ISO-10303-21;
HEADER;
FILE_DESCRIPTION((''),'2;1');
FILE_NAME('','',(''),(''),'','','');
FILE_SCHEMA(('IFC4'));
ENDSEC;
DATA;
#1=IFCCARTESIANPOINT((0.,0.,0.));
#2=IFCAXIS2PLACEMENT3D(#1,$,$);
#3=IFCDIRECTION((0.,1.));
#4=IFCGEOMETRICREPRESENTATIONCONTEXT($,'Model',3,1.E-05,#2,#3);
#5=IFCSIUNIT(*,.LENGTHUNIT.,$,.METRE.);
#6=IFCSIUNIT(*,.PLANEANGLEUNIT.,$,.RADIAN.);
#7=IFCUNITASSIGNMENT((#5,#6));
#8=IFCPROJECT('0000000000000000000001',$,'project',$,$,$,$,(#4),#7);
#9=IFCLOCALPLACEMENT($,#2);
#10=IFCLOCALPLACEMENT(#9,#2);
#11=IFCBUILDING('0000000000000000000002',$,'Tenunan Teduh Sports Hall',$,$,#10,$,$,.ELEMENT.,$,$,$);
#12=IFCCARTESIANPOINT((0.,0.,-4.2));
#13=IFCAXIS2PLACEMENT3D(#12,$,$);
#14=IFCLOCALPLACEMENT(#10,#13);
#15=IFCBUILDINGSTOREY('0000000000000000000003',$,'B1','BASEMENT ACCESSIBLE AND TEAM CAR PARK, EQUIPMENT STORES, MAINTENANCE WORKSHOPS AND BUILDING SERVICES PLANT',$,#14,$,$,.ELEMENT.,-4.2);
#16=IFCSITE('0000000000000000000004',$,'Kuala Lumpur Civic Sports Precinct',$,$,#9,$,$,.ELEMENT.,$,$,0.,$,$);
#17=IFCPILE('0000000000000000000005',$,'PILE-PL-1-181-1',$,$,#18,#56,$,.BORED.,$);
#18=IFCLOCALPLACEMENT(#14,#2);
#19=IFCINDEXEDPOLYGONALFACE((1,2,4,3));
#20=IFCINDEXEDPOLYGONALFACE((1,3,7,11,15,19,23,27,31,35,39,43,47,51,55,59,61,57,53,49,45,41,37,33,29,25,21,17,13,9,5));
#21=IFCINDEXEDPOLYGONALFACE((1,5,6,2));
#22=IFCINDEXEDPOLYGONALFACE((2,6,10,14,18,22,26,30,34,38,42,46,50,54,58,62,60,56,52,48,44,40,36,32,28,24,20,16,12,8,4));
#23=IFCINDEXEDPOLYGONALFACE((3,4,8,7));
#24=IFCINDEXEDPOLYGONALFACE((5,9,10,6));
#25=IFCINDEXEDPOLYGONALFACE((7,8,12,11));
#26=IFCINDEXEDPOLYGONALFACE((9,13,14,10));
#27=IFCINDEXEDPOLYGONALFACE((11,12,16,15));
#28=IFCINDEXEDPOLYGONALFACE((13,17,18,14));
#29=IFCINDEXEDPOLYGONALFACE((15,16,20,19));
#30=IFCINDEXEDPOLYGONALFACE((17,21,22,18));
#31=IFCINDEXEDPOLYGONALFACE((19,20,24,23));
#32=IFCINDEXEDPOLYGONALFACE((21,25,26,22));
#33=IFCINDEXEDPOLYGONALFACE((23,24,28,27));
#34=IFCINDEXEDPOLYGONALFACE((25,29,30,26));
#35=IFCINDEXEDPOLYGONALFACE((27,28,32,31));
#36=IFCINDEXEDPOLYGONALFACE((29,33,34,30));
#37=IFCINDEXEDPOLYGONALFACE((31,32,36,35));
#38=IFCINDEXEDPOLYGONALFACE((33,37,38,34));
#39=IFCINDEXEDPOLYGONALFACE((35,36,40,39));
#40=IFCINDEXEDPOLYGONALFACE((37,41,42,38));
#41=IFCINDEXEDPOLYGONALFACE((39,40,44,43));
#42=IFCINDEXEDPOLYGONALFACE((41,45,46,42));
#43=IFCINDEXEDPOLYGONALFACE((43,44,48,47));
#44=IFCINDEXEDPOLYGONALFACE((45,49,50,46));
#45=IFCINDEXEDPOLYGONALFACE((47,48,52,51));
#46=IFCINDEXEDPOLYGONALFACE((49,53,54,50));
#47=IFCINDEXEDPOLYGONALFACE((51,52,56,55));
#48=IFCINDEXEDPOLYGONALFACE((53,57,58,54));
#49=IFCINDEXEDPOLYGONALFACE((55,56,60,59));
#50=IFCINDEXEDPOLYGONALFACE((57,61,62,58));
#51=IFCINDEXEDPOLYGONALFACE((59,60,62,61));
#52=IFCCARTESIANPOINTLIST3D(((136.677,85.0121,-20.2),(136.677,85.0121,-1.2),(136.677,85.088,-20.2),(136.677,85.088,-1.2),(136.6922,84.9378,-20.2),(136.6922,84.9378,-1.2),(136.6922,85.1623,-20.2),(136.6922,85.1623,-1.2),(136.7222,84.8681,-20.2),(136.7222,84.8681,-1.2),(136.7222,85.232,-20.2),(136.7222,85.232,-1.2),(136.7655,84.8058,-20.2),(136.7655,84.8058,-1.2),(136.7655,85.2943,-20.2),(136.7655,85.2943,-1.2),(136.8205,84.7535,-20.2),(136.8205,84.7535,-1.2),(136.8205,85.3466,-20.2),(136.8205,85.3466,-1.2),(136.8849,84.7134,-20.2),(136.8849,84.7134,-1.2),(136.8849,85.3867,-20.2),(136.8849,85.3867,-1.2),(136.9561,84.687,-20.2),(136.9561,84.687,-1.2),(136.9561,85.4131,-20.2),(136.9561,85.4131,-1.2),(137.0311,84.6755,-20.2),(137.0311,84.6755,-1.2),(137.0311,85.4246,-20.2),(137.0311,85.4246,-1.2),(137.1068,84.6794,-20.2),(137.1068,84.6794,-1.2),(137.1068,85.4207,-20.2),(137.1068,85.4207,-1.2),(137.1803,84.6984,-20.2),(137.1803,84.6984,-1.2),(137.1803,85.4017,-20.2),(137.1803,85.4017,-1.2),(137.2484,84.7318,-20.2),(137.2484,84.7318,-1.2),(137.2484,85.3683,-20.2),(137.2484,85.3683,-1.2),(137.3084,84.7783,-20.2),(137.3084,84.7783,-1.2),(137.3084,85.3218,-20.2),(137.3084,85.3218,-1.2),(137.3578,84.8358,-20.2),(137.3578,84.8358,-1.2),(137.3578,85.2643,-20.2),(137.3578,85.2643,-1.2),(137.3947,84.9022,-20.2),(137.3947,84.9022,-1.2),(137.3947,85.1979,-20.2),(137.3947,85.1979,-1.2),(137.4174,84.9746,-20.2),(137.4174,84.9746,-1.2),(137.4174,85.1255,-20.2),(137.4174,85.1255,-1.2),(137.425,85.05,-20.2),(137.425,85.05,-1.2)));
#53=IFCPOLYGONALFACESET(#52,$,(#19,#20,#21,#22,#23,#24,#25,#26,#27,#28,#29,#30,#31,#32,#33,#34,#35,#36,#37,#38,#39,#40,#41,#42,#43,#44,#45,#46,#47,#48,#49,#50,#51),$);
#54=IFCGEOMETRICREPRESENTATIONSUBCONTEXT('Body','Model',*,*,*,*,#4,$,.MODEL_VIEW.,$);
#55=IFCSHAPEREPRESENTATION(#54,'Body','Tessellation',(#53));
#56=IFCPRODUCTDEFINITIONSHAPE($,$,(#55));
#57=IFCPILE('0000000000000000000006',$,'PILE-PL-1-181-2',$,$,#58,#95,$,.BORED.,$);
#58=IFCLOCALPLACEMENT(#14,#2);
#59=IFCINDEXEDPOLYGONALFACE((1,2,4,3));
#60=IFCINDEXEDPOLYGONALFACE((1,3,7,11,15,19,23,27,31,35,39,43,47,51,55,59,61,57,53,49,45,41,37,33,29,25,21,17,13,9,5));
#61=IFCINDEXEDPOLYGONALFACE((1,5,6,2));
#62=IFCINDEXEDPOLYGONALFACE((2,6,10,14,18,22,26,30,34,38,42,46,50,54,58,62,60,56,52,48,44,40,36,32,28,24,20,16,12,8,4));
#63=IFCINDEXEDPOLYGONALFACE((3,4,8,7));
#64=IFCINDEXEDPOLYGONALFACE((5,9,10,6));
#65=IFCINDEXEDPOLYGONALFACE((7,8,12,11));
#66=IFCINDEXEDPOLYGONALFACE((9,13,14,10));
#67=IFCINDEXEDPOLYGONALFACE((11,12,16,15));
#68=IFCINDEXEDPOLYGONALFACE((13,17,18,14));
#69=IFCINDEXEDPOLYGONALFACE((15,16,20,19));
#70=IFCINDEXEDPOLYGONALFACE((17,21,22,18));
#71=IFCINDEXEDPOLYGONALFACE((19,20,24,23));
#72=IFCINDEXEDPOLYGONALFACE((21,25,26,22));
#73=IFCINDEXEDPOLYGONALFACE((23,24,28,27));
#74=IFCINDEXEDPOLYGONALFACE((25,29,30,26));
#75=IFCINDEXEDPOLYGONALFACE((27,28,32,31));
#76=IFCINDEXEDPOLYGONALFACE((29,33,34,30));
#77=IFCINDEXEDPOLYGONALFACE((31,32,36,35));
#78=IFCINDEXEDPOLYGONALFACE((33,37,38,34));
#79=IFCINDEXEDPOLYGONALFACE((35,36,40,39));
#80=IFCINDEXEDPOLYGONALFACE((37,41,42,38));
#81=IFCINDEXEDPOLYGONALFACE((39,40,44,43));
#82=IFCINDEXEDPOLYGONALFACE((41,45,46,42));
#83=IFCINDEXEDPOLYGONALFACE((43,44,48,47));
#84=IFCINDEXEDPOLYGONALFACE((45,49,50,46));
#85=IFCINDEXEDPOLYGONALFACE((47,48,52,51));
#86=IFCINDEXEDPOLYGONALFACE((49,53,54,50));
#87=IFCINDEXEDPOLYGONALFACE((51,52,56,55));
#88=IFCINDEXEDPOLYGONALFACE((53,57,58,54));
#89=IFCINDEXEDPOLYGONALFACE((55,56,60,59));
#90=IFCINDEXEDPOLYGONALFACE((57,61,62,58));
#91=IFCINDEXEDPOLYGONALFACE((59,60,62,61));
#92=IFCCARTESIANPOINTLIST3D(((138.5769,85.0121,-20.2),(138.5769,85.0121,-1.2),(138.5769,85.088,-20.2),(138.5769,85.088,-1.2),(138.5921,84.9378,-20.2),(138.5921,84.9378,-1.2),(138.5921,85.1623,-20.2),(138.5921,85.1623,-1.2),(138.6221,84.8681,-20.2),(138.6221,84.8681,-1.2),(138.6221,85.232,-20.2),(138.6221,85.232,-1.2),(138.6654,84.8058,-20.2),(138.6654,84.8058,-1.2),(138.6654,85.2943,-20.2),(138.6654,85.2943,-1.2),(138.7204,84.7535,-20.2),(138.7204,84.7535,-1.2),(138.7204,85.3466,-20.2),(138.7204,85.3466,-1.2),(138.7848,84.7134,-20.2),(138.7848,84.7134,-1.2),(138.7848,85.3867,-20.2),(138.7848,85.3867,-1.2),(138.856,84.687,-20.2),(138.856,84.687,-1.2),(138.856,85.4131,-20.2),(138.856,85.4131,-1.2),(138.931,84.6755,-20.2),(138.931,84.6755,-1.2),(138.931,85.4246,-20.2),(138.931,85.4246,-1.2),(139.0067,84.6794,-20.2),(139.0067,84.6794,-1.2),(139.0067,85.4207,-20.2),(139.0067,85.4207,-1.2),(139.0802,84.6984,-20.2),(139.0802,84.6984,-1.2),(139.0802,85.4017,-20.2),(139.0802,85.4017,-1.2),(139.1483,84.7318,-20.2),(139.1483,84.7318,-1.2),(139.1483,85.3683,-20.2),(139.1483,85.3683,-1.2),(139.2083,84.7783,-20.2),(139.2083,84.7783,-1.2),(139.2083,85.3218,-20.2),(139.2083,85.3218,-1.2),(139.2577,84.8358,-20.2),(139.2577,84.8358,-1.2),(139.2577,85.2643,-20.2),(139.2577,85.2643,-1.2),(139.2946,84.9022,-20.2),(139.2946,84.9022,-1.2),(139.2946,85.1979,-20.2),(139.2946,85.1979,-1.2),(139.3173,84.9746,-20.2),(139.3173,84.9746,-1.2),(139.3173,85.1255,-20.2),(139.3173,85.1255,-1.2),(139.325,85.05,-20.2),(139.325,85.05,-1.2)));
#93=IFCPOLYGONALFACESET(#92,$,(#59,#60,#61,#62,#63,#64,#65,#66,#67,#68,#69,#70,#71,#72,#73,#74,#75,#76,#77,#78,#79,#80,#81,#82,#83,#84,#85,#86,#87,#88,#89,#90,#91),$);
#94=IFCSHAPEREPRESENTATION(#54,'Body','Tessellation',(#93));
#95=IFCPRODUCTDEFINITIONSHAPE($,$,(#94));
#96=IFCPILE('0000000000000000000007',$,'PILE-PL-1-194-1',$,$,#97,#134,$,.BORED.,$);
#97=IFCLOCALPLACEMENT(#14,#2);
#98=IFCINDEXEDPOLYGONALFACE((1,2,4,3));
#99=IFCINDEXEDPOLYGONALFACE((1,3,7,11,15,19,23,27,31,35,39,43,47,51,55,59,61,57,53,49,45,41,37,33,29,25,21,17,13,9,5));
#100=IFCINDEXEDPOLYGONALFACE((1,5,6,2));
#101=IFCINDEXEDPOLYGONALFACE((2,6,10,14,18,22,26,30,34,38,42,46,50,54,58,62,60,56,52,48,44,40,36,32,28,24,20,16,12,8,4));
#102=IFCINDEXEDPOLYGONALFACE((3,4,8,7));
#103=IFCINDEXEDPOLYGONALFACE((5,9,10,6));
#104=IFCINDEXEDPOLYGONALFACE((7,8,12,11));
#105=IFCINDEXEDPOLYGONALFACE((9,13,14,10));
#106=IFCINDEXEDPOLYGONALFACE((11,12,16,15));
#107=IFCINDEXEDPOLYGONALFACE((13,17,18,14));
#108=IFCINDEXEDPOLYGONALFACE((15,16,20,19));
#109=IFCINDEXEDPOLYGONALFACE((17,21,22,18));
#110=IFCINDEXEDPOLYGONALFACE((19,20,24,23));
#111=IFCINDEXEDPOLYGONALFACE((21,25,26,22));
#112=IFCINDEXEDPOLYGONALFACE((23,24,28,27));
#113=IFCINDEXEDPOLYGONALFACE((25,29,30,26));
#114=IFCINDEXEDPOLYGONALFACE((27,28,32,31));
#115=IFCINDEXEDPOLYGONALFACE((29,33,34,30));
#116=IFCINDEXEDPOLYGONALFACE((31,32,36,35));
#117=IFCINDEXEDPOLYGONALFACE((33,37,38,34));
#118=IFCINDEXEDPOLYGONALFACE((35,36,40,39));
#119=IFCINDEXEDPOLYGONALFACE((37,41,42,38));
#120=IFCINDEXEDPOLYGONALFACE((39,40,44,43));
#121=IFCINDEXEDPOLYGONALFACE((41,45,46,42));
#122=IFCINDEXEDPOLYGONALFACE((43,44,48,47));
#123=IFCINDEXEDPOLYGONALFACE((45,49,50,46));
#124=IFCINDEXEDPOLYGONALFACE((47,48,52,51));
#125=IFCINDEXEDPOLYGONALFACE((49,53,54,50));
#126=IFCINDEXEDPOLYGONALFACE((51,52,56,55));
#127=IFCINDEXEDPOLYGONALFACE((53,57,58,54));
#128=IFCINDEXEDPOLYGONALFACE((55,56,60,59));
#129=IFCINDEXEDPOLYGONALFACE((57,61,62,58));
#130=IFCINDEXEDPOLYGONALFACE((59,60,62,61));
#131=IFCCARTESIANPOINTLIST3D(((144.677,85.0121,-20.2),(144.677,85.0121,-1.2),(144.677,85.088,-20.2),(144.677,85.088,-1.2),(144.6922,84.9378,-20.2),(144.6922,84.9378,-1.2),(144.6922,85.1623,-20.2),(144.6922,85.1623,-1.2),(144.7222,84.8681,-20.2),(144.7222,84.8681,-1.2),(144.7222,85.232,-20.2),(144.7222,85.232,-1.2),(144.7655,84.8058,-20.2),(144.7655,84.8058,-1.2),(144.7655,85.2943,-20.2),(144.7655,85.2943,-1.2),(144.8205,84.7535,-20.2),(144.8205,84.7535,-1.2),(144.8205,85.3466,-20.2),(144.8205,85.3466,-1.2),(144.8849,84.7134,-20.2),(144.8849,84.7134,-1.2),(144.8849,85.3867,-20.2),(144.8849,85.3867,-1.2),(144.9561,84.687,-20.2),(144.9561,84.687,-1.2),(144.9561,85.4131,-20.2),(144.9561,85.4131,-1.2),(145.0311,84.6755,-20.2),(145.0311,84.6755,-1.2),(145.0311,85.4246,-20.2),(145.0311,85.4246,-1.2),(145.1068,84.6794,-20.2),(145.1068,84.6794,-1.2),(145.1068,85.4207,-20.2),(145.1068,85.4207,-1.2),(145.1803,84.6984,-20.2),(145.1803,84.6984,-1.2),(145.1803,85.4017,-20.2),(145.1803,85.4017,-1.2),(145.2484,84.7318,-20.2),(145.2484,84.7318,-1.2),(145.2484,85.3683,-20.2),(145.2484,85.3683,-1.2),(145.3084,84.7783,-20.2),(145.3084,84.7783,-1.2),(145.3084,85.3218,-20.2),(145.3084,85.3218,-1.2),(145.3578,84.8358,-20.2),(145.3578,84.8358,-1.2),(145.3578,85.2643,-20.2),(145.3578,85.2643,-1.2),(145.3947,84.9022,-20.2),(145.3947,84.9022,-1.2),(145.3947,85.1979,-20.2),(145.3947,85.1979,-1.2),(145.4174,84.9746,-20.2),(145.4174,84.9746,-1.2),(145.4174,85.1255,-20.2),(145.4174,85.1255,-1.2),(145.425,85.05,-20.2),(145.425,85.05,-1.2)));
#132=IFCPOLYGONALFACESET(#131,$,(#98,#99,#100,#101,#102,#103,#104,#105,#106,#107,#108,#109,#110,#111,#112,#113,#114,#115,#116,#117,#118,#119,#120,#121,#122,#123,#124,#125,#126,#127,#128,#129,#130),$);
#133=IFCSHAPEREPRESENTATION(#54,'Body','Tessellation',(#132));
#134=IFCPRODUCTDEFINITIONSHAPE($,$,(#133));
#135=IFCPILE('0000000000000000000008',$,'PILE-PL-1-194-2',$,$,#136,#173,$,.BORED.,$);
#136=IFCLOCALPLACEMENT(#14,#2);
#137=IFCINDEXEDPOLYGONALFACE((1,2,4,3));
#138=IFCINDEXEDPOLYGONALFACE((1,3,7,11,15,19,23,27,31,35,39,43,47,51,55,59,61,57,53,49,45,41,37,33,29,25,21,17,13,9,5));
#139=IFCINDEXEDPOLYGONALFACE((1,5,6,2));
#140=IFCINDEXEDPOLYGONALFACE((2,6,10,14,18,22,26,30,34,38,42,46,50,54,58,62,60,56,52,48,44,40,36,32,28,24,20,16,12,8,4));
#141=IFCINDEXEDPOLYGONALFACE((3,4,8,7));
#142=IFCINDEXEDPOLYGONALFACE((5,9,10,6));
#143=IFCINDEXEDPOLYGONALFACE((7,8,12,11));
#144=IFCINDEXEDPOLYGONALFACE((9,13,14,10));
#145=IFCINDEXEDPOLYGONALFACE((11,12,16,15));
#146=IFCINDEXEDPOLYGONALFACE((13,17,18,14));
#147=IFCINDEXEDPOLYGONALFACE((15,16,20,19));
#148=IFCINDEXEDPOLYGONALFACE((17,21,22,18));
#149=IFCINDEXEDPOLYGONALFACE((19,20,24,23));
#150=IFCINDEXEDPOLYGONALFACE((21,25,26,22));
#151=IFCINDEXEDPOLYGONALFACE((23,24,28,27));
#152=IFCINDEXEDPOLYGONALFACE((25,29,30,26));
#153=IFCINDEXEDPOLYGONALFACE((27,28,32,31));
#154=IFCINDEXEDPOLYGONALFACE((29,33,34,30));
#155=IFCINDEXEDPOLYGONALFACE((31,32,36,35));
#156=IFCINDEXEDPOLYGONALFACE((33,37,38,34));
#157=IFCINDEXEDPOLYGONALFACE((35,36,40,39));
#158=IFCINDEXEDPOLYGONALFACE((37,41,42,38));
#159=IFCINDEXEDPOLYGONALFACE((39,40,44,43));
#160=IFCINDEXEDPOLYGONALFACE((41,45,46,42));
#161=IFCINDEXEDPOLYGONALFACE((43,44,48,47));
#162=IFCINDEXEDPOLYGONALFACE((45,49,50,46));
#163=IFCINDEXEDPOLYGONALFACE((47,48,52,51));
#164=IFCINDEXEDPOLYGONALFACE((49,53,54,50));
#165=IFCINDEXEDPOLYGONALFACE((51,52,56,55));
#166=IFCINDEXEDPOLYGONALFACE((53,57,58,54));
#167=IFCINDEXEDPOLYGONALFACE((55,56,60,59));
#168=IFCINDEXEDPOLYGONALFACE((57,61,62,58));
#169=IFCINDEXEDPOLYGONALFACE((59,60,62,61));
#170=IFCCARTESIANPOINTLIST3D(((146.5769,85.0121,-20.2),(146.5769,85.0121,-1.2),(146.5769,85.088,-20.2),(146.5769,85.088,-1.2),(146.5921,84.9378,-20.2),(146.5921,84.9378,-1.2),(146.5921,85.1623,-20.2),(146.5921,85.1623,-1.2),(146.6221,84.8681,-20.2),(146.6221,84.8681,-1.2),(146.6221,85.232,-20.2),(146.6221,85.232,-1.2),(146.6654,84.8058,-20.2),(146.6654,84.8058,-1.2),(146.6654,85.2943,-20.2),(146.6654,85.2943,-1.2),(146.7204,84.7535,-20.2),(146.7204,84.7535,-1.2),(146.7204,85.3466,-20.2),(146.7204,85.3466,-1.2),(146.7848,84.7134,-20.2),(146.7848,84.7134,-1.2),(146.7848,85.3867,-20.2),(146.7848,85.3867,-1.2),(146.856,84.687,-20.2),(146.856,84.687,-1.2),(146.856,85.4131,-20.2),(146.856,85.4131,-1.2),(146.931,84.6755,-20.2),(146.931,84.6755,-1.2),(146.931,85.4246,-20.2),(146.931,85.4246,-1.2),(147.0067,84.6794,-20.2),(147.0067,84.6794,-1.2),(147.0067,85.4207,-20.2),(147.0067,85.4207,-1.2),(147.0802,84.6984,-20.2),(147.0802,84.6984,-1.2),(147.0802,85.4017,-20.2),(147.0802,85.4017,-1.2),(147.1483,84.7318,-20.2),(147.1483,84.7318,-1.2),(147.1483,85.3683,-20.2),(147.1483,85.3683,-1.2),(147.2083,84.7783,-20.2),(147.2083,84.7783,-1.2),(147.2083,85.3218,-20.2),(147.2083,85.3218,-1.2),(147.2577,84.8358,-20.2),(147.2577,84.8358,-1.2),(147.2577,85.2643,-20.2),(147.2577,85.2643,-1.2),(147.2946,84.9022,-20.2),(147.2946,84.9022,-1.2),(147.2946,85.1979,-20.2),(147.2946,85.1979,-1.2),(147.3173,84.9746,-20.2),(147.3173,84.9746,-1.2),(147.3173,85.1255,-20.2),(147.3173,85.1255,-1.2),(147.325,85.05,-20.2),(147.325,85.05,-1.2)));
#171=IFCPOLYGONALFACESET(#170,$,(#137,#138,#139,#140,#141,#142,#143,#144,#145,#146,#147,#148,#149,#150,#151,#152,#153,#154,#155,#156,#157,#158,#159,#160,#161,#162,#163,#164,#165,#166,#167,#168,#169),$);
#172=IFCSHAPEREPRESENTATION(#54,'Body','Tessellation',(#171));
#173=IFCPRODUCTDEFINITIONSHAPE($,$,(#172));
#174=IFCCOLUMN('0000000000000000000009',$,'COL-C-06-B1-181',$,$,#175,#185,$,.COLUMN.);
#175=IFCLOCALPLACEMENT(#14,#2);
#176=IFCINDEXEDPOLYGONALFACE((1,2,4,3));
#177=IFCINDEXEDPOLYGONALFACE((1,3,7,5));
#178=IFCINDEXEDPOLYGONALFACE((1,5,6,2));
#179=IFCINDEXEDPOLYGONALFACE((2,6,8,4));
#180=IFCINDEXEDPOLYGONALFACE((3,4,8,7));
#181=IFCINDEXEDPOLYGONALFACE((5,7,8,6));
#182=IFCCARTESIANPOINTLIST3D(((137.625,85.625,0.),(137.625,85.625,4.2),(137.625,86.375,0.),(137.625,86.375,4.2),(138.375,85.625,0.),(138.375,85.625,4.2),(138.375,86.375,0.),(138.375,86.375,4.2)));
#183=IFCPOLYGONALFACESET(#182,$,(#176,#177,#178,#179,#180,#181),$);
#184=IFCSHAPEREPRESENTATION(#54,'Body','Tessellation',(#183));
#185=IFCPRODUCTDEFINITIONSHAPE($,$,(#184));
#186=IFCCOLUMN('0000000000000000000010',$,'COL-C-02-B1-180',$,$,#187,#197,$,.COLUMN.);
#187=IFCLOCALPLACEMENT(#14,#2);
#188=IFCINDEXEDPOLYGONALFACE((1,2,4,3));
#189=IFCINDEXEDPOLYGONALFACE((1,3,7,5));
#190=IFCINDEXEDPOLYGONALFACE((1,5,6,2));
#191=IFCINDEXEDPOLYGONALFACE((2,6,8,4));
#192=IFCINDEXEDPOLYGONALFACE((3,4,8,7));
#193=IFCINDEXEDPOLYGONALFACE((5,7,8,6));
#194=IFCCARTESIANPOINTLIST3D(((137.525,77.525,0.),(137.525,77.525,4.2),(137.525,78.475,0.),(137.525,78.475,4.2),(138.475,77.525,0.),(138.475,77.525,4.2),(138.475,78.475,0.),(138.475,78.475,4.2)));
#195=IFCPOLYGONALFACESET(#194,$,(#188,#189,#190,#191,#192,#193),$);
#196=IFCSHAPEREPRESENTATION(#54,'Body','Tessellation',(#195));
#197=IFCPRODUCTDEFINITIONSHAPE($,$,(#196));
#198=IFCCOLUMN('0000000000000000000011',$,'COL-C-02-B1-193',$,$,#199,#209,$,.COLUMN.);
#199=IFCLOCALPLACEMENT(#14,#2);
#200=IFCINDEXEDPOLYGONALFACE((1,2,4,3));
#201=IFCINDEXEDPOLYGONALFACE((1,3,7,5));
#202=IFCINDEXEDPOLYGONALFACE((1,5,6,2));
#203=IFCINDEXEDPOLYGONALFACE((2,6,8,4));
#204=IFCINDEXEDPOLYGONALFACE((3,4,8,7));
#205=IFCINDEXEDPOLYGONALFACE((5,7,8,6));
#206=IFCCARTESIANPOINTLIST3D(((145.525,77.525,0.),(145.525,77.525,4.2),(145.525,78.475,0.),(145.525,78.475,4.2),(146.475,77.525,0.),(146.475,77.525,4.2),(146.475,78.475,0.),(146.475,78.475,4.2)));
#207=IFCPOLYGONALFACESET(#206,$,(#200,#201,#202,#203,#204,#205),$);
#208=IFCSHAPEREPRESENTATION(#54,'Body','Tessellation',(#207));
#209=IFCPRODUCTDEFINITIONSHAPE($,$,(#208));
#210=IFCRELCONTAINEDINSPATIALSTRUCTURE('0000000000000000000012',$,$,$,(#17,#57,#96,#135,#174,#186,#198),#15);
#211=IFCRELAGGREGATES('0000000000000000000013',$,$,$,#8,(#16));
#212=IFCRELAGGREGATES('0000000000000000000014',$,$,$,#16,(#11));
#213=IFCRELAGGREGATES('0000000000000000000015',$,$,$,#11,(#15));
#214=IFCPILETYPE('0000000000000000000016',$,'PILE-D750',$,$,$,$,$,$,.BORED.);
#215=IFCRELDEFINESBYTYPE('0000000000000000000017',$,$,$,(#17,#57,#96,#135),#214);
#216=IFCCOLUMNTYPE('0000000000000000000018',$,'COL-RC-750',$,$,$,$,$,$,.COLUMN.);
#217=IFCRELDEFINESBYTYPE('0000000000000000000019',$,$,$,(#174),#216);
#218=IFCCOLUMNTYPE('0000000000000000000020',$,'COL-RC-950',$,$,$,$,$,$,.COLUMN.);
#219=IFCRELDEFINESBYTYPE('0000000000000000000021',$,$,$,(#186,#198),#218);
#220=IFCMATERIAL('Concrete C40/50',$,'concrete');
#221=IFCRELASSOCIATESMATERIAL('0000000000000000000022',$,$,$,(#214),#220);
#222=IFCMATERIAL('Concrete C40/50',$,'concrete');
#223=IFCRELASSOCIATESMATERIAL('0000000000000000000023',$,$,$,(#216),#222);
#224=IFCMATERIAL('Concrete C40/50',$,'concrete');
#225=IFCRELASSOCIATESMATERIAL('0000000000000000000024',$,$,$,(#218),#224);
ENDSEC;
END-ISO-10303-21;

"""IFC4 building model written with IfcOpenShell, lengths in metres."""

from ifc_helpers import new_model, si_unit, direction, frame, origin, origin_2d, place, context, subcontext, project, spatial, rectangle, circle, extrude, material, material_profile, profile_set, type_object, element, save


model = new_model("IFC4")

# Units and contexts
model_context = context("Model", 3, precision=1e-05, world=origin(), true_north=direction((0.0, 1.0)))
body_context = subcontext(model_context, "Body", "Model", "MODEL_VIEW")
ifc_project = project(units=[si_unit("LENGTHUNIT", "METRE"), si_unit("PLANEANGLEUNIT", "RADIAN")], contexts=[model_context])

# Site, building, storey
site_placement = place(None, origin())
site = spatial("IfcSite", under=ifc_project, at=site_placement, Name="Kuala Lumpur Civic Sports Precinct", CompositionType="ELEMENT", RefElevation=0.0)
building_placement = place(site_placement, origin())
building = spatial("IfcBuilding", under=site, at=building_placement, Name="Tenunan Teduh Sports Hall", CompositionType="ELEMENT")
storey_placement = place(building_placement, frame((0.0, 0.0, -4.2)))
storey = spatial("IfcBuildingStorey", under=building, at=storey_placement, Name="B1", Description="BASEMENT ACCESSIBLE AND TEAM CAR PARK, EQUIPMENT STORES, MAINTENANCE WORKSHOPS AND BUILDING SERVICES PLANT", CompositionType="ELEMENT", Elevation=-4.2)

# Piles
ifc_material_1 = material(Name="Concrete C40/50", Category="concrete")
ifc_material_profile_1 = material_profile(ifc_material_1, circle(Radius=0.375, at=origin_2d()), Name="PILE D750")
ifc_profile_set_1 = profile_set([ifc_material_profile_1], Name="Concrete C40/50")
pile_type_1 = type_object("IfcPileType", Name="PILE-D750", PredefinedType="BORED", material=ifc_profile_set_1)
for number, where, z_axis, x_axis, name in (
    (1, (137.05, 85.05, -1.2), (0.0, 0.0, -1.0), (1.0, 0.0, 0.0), "PILE-PL-1-181-1"),
    (2, (138.95, 85.05, -1.2), (0.0, 0.0, -1.0), (1.0, 0.0, 0.0), "PILE-PL-1-181-2"),
    (3, (145.05, 85.05, -1.2), (0.0, 0.0, -1.0), (1.0, 0.0, 0.0), "PILE-PL-1-194-1"),
    (4, (146.95, 85.05, -1.2), (0.0, 0.0, -1.0), (1.0, 0.0, 0.0), "PILE-PL-1-194-2"),
):
    element("IfcPile", number, at=place(storey_placement, frame(where, z_axis=z_axis, x_axis=x_axis)), inside=storey, type_object=pile_type_1, Name=name, PredefinedType="BORED", context=body_context, shape_type="SweptSolid", body=[
        extrude(circle(Radius=0.375, at=origin_2d()), origin(), (0.0, 0.0, 1.0), 19.0),
    ])

# Columns
ifc_material_2 = material(Name="Concrete C40/50", Category="concrete")
ifc_material_profile_2 = material_profile(ifc_material_2, rectangle(XDim=0.75, YDim=0.75, at=origin_2d()), Name="RC 750x750")
ifc_profile_set_2 = profile_set([ifc_material_profile_2], Name="Concrete C40/50")
column_type_1 = type_object("IfcColumnType", Name="COL-RC-750", PredefinedType="COLUMN", material=ifc_profile_set_2)
column_placement = place(storey_placement, frame((138.0, 86.0, 0.0), z_axis=(0.0, 0.0, 1.0), x_axis=(1.0, 0.0, 0.0)))
element("IfcColumn", 5, at=column_placement, inside=storey, type_object=column_type_1, Name="COL-C-06-B1-181", PredefinedType="COLUMN", context=body_context, shape_type="SweptSolid", body=[
    extrude(rectangle(XDim=0.75, YDim=0.75, at=origin_2d()), origin(), (0.0, 0.0, 1.0), 4.2),
])
ifc_material_3 = material(Name="Concrete C40/50", Category="concrete")
ifc_material_profile_3 = material_profile(ifc_material_3, rectangle(XDim=0.95, YDim=0.95, at=origin_2d()), Name="RC 950x950")
ifc_profile_set_3 = profile_set([ifc_material_profile_3], Name="Concrete C40/50")
column_type_2 = type_object("IfcColumnType", Name="COL-RC-950", PredefinedType="COLUMN", material=ifc_profile_set_3)
for number, where, z_axis, x_axis, name in (
    (6, (138.0, 78.0, 0.0), (0.0, 0.0, 1.0), (1.0, 0.0, 0.0), "COL-C-02-B1-180"),
    (7, (146.0, 78.0, 0.0), (0.0, 0.0, 1.0), (1.0, 0.0, 0.0), "COL-C-02-B1-193"),
):
    element("IfcColumn", number, at=place(storey_placement, frame(where, z_axis=z_axis, x_axis=x_axis)), inside=storey, type_object=column_type_2, Name=name, PredefinedType="COLUMN", context=body_context, shape_type="SweptSolid", body=[
        extrude(rectangle(XDim=0.95, YDim=0.95, at=origin_2d()), origin(), (0.0, 0.0, 1.0), 4.2),
    ])

save(model, "model.ifc")
